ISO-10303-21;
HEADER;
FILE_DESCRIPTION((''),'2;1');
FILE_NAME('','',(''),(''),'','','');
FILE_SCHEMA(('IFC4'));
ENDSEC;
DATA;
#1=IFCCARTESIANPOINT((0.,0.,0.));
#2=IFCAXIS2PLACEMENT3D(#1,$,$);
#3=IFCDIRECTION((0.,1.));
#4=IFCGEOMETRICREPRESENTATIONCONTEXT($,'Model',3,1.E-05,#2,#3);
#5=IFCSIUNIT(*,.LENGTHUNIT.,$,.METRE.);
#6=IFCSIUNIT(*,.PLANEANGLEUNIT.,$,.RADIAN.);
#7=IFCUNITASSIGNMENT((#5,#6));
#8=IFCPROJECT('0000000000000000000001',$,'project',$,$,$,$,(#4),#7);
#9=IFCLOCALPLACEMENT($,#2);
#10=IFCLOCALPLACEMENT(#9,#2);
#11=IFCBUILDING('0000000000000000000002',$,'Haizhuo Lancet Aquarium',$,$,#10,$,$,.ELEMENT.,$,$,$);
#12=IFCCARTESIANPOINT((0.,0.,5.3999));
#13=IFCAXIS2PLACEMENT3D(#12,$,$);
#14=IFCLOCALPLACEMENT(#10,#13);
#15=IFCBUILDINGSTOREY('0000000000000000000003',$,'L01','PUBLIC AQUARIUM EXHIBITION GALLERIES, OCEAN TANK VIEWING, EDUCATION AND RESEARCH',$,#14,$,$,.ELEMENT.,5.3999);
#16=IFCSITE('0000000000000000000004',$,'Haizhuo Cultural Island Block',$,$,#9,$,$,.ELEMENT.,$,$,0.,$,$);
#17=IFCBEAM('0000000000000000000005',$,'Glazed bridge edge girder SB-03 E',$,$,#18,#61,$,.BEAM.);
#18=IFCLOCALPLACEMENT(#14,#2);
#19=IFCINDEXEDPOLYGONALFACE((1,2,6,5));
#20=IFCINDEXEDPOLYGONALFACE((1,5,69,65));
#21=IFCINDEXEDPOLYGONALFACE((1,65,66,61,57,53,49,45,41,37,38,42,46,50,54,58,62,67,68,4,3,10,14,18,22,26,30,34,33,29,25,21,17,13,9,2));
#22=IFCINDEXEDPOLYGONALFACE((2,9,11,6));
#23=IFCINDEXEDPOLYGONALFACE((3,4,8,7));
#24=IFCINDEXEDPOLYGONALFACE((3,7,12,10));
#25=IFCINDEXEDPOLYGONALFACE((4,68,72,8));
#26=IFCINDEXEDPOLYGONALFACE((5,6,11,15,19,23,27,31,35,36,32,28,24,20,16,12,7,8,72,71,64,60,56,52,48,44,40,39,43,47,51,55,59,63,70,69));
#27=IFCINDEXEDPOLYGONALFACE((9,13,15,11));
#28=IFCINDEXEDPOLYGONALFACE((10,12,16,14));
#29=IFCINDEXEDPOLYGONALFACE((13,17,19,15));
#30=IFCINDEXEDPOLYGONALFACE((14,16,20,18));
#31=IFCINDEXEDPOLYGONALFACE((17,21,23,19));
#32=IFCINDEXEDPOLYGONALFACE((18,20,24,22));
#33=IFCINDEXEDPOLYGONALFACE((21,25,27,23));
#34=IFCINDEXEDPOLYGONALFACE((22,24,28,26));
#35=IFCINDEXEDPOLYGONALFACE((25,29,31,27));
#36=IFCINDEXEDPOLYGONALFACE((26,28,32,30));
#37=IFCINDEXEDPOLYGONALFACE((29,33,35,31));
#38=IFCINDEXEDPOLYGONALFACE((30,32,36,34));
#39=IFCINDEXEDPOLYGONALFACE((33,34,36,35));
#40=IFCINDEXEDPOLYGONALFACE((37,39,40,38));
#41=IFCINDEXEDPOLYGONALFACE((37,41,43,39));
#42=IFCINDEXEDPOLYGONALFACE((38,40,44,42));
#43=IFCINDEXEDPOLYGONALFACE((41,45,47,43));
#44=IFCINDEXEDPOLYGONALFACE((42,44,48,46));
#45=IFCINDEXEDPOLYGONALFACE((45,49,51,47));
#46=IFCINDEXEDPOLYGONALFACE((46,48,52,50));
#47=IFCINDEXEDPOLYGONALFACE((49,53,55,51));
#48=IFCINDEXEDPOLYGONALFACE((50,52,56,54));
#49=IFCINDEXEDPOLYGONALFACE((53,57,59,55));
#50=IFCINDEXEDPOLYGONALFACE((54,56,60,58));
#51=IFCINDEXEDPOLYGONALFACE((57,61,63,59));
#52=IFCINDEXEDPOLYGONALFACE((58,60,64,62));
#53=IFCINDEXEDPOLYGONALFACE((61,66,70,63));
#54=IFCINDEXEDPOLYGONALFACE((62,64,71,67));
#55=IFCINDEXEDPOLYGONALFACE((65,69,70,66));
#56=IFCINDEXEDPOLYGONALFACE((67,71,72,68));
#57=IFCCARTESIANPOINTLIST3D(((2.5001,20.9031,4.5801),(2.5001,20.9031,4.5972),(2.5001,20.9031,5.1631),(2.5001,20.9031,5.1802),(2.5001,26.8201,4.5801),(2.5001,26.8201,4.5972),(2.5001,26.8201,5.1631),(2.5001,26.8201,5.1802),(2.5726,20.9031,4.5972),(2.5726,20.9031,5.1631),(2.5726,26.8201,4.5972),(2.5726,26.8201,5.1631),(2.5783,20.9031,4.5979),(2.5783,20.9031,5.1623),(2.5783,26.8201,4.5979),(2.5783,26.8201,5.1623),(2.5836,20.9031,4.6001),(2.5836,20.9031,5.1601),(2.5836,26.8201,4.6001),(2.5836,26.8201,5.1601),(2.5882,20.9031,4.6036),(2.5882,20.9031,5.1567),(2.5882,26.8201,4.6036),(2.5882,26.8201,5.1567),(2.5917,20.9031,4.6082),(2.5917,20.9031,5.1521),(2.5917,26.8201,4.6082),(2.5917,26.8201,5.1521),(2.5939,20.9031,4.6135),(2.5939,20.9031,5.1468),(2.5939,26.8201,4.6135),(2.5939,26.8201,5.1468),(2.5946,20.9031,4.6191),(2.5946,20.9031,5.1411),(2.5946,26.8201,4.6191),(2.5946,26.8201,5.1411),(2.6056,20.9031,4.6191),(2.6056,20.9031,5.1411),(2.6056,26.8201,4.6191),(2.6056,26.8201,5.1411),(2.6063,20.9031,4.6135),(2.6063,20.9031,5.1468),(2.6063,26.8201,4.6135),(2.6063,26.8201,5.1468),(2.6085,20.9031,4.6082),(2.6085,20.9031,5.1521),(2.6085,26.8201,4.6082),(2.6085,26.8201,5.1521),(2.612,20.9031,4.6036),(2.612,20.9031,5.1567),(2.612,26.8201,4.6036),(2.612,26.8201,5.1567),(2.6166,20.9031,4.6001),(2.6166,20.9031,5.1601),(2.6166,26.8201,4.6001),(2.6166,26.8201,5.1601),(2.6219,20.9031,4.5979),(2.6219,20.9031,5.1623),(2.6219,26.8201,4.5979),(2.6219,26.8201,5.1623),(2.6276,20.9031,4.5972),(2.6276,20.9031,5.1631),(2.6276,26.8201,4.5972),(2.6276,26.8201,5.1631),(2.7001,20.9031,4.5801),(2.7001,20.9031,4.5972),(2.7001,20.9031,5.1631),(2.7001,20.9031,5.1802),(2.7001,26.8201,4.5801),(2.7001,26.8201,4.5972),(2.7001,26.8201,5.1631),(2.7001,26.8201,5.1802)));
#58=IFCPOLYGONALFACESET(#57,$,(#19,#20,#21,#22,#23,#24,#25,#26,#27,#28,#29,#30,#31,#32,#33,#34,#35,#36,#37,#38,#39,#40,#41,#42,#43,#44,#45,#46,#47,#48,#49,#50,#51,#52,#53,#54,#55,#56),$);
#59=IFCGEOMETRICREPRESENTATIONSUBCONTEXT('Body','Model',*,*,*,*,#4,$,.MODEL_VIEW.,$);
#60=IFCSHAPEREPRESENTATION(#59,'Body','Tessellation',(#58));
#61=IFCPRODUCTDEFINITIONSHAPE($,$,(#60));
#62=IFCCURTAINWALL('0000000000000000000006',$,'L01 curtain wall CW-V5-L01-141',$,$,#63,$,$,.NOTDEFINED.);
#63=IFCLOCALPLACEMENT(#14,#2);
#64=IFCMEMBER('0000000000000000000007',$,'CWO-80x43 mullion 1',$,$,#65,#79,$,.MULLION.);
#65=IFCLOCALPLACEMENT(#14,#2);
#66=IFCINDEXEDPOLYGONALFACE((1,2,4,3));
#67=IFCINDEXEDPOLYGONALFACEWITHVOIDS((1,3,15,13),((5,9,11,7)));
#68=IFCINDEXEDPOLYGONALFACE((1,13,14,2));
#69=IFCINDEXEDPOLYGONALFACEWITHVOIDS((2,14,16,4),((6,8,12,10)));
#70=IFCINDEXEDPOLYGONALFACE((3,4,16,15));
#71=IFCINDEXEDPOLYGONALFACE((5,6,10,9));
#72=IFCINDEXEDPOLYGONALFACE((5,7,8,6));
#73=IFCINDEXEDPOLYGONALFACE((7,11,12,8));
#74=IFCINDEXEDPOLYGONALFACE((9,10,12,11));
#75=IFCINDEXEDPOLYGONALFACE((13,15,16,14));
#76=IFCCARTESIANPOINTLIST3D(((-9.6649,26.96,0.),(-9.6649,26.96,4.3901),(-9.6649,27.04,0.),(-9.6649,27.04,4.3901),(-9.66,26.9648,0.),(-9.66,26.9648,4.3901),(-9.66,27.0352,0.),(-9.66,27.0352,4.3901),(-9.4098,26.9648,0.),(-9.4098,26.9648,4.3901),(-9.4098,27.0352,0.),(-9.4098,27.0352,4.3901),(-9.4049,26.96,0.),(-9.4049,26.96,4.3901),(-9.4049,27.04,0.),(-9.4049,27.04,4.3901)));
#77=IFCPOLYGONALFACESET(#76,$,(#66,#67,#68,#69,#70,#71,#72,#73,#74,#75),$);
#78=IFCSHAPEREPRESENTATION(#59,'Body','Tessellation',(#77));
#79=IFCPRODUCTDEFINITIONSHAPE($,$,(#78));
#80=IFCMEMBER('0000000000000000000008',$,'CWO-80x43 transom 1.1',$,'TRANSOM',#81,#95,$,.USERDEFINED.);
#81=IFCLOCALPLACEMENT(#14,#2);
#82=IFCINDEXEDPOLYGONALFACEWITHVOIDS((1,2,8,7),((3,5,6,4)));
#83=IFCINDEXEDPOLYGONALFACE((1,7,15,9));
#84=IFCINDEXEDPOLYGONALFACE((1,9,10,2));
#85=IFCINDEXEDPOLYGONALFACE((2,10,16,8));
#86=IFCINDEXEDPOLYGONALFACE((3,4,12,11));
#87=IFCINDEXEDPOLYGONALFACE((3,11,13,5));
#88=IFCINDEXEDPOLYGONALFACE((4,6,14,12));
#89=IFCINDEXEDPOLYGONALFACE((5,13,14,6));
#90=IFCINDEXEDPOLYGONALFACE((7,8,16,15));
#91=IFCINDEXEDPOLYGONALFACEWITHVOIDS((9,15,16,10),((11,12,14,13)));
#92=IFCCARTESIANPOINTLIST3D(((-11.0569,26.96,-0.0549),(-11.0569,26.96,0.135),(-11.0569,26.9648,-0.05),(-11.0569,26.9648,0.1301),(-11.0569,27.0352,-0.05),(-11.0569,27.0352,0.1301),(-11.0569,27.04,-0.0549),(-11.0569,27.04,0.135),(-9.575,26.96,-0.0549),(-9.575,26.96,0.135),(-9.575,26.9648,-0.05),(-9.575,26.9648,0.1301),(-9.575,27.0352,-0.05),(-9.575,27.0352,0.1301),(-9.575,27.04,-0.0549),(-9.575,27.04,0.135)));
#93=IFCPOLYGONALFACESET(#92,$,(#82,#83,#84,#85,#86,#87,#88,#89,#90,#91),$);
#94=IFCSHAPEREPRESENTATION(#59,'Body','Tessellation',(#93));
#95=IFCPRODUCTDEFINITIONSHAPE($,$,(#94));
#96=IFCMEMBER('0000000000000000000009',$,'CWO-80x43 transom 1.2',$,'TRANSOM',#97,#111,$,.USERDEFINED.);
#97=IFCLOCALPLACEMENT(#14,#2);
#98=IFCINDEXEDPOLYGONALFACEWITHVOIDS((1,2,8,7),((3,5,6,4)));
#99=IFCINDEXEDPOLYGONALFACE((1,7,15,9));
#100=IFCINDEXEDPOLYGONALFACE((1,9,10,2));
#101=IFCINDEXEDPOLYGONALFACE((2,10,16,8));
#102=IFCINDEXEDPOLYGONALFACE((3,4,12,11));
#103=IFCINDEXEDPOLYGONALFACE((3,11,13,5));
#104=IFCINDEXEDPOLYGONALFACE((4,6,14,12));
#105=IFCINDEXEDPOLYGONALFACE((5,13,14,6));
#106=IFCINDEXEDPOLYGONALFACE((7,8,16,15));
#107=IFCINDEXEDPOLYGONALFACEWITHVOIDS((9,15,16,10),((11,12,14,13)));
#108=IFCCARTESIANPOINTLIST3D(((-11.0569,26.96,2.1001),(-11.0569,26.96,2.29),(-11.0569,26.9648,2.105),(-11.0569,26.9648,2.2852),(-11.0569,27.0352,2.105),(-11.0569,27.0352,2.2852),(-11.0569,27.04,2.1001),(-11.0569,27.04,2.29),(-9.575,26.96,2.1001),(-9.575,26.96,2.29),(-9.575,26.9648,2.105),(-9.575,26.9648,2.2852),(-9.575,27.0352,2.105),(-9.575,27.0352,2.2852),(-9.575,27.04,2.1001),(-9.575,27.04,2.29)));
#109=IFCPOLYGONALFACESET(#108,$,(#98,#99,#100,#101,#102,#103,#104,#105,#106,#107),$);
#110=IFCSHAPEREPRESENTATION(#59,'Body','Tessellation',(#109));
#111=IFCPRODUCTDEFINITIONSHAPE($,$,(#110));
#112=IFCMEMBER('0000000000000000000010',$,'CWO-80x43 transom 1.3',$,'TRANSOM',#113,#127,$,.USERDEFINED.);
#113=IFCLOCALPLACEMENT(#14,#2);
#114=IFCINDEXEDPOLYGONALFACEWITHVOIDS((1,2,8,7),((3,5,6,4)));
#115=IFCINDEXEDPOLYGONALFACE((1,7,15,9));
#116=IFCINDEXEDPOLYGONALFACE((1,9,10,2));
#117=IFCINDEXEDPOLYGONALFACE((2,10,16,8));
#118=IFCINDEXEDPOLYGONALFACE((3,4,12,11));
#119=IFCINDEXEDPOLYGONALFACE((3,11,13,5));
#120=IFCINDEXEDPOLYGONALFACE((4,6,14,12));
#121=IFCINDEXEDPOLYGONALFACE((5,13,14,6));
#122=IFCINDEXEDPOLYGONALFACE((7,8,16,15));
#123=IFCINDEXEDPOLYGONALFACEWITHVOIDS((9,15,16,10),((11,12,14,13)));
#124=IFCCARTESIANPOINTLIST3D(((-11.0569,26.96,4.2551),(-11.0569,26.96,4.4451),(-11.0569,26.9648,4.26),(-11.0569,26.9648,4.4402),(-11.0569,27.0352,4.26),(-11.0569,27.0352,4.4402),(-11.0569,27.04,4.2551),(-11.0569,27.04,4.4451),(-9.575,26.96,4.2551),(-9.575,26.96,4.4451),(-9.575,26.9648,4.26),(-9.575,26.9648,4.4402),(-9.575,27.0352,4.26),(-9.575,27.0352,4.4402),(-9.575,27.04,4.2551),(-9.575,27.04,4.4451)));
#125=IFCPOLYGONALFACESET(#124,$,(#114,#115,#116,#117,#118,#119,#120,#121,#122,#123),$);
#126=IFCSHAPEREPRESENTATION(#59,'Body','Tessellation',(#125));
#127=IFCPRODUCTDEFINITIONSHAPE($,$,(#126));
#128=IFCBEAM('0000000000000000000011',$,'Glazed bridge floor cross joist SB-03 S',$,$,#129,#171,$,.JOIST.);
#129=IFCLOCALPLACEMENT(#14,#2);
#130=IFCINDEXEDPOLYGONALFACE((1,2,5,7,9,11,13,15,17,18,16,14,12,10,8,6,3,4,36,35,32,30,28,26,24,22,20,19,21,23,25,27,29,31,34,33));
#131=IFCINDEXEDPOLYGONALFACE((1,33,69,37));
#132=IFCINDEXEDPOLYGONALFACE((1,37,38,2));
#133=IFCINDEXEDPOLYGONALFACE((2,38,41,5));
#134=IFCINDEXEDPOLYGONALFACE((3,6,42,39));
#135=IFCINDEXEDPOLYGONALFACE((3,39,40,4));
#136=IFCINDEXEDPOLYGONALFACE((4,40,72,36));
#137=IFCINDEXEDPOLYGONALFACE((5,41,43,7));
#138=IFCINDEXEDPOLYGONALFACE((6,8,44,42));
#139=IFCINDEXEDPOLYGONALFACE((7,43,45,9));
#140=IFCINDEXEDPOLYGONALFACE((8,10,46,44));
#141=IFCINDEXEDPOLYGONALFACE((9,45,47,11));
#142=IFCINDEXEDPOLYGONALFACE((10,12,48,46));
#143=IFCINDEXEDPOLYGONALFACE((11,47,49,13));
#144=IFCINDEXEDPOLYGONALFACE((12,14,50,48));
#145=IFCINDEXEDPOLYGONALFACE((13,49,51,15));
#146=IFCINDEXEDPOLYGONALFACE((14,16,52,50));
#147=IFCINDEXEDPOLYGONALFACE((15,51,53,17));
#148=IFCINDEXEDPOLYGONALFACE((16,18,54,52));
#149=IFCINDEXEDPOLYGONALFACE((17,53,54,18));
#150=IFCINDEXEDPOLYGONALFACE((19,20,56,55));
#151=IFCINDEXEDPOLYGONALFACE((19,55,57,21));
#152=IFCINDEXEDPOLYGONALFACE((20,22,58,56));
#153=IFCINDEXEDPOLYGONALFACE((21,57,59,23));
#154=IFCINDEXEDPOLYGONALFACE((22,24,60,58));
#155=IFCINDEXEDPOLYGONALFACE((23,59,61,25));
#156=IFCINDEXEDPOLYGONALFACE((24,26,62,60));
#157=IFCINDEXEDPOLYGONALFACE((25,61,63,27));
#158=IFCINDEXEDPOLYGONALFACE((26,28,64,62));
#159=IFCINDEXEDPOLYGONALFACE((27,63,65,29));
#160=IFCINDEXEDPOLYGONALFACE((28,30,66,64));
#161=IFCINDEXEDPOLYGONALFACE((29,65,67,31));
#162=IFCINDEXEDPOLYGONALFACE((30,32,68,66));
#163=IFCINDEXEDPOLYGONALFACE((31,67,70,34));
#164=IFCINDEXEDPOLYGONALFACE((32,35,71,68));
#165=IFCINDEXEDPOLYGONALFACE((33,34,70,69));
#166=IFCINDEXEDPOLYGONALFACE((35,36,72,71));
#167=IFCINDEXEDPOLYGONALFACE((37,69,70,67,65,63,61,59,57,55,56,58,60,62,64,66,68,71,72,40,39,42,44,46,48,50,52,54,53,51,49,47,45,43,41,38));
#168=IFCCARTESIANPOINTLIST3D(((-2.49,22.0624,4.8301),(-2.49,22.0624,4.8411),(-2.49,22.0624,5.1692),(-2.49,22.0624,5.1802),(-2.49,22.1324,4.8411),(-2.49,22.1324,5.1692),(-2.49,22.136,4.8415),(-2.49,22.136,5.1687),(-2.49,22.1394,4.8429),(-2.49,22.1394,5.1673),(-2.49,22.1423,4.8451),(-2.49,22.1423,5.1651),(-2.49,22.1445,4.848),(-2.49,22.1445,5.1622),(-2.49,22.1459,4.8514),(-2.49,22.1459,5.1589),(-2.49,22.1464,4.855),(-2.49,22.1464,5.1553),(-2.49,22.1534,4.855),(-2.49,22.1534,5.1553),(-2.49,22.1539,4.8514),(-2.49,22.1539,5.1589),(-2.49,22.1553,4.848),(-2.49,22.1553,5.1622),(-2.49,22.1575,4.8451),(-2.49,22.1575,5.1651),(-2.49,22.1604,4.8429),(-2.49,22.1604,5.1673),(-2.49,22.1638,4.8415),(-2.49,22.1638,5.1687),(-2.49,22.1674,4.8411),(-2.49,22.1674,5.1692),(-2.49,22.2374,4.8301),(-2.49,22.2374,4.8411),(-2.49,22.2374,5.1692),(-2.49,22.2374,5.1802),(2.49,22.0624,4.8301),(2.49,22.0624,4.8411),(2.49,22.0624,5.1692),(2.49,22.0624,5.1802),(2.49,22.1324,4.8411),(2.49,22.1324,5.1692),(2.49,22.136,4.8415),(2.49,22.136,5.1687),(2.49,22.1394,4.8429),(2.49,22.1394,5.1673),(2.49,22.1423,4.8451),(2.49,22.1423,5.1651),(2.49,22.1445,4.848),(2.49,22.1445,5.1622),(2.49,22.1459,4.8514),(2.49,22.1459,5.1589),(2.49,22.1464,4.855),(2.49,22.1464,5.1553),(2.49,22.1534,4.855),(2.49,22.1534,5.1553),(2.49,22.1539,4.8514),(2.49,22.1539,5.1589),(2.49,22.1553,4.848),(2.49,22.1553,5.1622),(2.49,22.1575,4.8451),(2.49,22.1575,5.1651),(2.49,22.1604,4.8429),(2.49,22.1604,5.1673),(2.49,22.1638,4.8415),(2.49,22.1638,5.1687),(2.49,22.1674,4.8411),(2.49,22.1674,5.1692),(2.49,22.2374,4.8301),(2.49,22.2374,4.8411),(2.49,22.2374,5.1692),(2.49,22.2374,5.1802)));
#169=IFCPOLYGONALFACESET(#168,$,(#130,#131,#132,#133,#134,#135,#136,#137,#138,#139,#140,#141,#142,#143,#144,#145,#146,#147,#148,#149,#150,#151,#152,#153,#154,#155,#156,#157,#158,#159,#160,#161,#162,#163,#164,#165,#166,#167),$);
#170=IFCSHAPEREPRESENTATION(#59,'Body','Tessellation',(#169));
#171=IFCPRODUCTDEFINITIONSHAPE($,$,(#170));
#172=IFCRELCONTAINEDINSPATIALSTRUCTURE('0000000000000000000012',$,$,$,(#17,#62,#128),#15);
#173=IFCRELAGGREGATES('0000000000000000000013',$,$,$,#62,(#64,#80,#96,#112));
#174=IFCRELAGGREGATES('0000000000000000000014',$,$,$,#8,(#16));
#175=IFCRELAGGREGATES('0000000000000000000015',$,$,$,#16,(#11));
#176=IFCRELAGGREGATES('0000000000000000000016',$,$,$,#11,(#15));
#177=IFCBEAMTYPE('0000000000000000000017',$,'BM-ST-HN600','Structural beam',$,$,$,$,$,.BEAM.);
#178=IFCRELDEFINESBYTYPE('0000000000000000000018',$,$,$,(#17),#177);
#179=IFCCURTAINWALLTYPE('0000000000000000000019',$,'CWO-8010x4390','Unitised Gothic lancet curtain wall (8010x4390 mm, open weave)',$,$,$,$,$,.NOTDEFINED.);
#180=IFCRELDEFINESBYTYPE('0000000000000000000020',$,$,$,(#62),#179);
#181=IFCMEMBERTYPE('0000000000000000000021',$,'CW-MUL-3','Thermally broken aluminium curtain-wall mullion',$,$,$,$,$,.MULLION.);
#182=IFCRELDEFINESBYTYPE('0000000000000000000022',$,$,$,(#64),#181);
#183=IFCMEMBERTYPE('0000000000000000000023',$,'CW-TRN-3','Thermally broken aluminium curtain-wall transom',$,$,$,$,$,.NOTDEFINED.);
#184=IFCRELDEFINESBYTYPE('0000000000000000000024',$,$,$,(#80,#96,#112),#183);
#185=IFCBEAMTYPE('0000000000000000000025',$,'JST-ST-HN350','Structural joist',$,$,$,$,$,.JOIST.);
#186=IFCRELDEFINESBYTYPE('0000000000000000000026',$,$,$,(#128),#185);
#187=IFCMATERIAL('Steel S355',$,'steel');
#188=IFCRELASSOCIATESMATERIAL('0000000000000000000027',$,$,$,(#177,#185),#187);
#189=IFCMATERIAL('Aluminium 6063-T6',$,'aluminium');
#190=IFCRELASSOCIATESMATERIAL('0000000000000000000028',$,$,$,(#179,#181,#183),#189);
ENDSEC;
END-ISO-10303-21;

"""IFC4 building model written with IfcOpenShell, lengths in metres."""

from ifc_helpers import new_model, si_unit, direction, frame, origin, origin_2d, place, context, subcontext, project, spatial, hollow_rectangle, i_section, extrude, material, material_profile, profile_set, type_object, element, aggregate, save


model = new_model("IFC4")

# Units and contexts
model_context = context("Model", 3, precision=1e-05, world=origin(), true_north=direction((0.0, 1.0)))
body_context = subcontext(model_context, "Body", "Model", "MODEL_VIEW")
ifc_project = project(units=[si_unit("LENGTHUNIT", "METRE"), si_unit("PLANEANGLEUNIT", "RADIAN")], contexts=[model_context])

# Site, building, storey
site_placement = place(None, origin())
site = spatial("IfcSite", under=ifc_project, at=site_placement, Name="Haizhuo Cultural Island Block", CompositionType="ELEMENT", RefElevation=0.0)
building_placement = place(site_placement, origin())
building = spatial("IfcBuilding", under=site, at=building_placement, Name="Haizhuo Lancet Aquarium", CompositionType="ELEMENT")
storey_placement = place(building_placement, frame((0.0, 0.0, 5.3999)))
storey = spatial("IfcBuildingStorey", under=building, at=storey_placement, Name="L01", Description="PUBLIC AQUARIUM EXHIBITION GALLERIES, OCEAN TANK VIEWING, EDUCATION AND RESEARCH", CompositionType="ELEMENT", Elevation=5.3999)

# Beam
ifc_material_1 = material(Name="Steel S355", Category="steel")
ifc_material_profile_1 = material_profile(ifc_material_1, i_section(OverallWidth=0.2, OverallDepth=0.6001, WebThickness=0.011, FlangeThickness=0.0171, FilletRadius=0.022, at=origin_2d()), Name="HN 600x200x11x17")
ifc_profile_set_1 = profile_set([ifc_material_profile_1], Name="Steel S355")
beam_type_1 = type_object("IfcBeamType", Name="BM-ST-HN600", Description="Structural beam", PredefinedType="BEAM", material=ifc_profile_set_1)
for number, where, z_axis, x_axis, name in (
    (1, (2.6001, 20.9031, 4.8801), (0.0, 1.0, 0.0), (-1.0, 0.0, 0.0), "Glazed bridge edge girder SB-03 E"),
):
    element("IfcBeam", number, at=place(storey_placement, frame(where, z_axis=z_axis, x_axis=x_axis)), inside=storey, type_object=beam_type_1, Name=name, PredefinedType="BEAM", context=body_context, shape_type="SweptSolid", body=[
        extrude(i_section(OverallWidth=0.2, OverallDepth=0.6001, WebThickness=0.011, FlangeThickness=0.0171, FilletRadius=0.022, at=origin_2d()), origin(), (0.0, 0.0, 1.0), 5.917),
    ])

# Curtain wall, members
ifc_material_2 = material(Name="Aluminium 6063-T6", Category="aluminium")
curtain_wall_type = type_object("IfcCurtainWallType", Name="CWO-8010x4390", Description="Unitised Gothic lancet curtain wall (8010x4390 mm, open weave)", PredefinedType="NOTDEFINED", material=ifc_material_2)
curtain_wall_placement = place(storey_placement, origin())
curtain_wall = element("IfcCurtainWall", 2, at=curtain_wall_placement, inside=storey, type_object=curtain_wall_type, Name="L01 curtain wall CW-V5-L01-141", PredefinedType="NOTDEFINED")
ifc_material_profile_2 = material_profile(ifc_material_2, hollow_rectangle(XDim=0.0801, YDim=0.26, WallThickness=0.0049, at=origin_2d()), Name="ALU-M 80x260x5")
ifc_profile_set_2 = profile_set([ifc_material_profile_2], Name="Aluminium 6063-T6")
member_type_1 = type_object("IfcMemberType", Name="CW-MUL-3", Description="Thermally broken aluminium curtain-wall mullion", PredefinedType="MULLION", material=ifc_profile_set_2)
member_1_placement = place(storey_placement, frame((-9.5349, 27.0, 0.0), z_axis=(0.0, 0.0, 1.0), x_axis=(0.0, -1.0, 0.0)))
member_1 = element("IfcMember", 3, at=member_1_placement, type_object=member_type_1, Name="CWO-80x43 mullion 1", PredefinedType="MULLION", context=body_context, shape_type="SweptSolid", body=[
    extrude(hollow_rectangle(XDim=0.0801, YDim=0.26, WallThickness=0.0049, at=origin_2d()), origin(), (0.0, 0.0, 1.0), 4.3901),
])
ifc_material_profile_3 = material_profile(ifc_material_2, hollow_rectangle(XDim=0.0801, YDim=0.1899, WallThickness=0.0049, at=origin_2d()), Name="ALU-T 80x190x5")
ifc_profile_set_3 = profile_set([ifc_material_profile_3], Name="Aluminium 6063-T6")
member_type_2 = type_object("IfcMemberType", Name="CW-TRN-3", Description="Thermally broken aluminium curtain-wall transom", PredefinedType="NOTDEFINED", material=ifc_profile_set_3)
member_2_placement = place(storey_placement, frame((-9.575, 27.0, 0.04), z_axis=(-1.0, 0.0, 0.0), x_axis=(0.0, -1.0, 0.0)))
member_2 = element("IfcMember", 4, at=member_2_placement, type_object=member_type_2, Name="CWO-80x43 transom 1.1", ObjectType="TRANSOM", PredefinedType="USERDEFINED", context=body_context, shape_type="SweptSolid", body=[
    extrude(hollow_rectangle(XDim=0.0801, YDim=0.1899, WallThickness=0.0049, at=origin_2d()), origin(), (0.0, 0.0, 1.0), 1.4819),
])
member_3_placement = place(storey_placement, frame((-9.575, 27.0, 2.1951), z_axis=(-1.0, 0.0, 0.0), x_axis=(0.0, -1.0, 0.0)))
member_3 = element("IfcMember", 5, at=member_3_placement, type_object=member_type_2, Name="CWO-80x43 transom 1.2", ObjectType="TRANSOM", PredefinedType="USERDEFINED", context=body_context, shape_type="SweptSolid", body=[
    extrude(hollow_rectangle(XDim=0.0801, YDim=0.1899, WallThickness=0.0049, at=origin_2d()), origin(), (0.0, 0.0, 1.0), 1.4819),
])
member_4_placement = place(storey_placement, frame((-9.575, 27.0, 4.3501), z_axis=(-1.0, 0.0, 0.0), x_axis=(0.0, -1.0, 0.0)))
member_4 = element("IfcMember", 6, at=member_4_placement, type_object=member_type_2, Name="CWO-80x43 transom 1.3", ObjectType="TRANSOM", PredefinedType="USERDEFINED", context=body_context, shape_type="SweptSolid", body=[
    extrude(hollow_rectangle(XDim=0.0801, YDim=0.1899, WallThickness=0.0049, at=origin_2d()), origin(), (0.0, 0.0, 1.0), 1.4819),
])
aggregate(curtain_wall, [member_1, member_2, member_3, member_4])

# Beam
ifc_material_profile_4 = material_profile(ifc_material_1, i_section(OverallWidth=0.175, OverallDepth=0.3501, WebThickness=0.0071, FlangeThickness=0.011, FilletRadius=0.0139, at=origin_2d()), Name="HN 350x175x7x11")
ifc_profile_set_4 = profile_set([ifc_material_profile_4], Name="Steel S355")
beam_type_2 = type_object("IfcBeamType", Name="JST-ST-HN350", Description="Structural joist", PredefinedType="JOIST", material=ifc_profile_set_4)
for number, where, z_axis, x_axis, name in (
    (7, (-2.49, 22.1499, 5.0051), (1.0, 0.0, 0.0), (0.0, 1.0, 0.0), "Glazed bridge floor cross joist SB-03 S"),
):
    element("IfcBeam", number, at=place(storey_placement, frame(where, z_axis=z_axis, x_axis=x_axis)), inside=storey, type_object=beam_type_2, Name=name, PredefinedType="JOIST", context=body_context, shape_type="SweptSolid", body=[
        extrude(i_section(OverallWidth=0.175, OverallDepth=0.3501, WebThickness=0.0071, FlangeThickness=0.011, FilletRadius=0.0139, at=origin_2d()), origin(), (0.0, 0.0, 1.0), 4.98),
    ])

save(model, "model.ifc")
